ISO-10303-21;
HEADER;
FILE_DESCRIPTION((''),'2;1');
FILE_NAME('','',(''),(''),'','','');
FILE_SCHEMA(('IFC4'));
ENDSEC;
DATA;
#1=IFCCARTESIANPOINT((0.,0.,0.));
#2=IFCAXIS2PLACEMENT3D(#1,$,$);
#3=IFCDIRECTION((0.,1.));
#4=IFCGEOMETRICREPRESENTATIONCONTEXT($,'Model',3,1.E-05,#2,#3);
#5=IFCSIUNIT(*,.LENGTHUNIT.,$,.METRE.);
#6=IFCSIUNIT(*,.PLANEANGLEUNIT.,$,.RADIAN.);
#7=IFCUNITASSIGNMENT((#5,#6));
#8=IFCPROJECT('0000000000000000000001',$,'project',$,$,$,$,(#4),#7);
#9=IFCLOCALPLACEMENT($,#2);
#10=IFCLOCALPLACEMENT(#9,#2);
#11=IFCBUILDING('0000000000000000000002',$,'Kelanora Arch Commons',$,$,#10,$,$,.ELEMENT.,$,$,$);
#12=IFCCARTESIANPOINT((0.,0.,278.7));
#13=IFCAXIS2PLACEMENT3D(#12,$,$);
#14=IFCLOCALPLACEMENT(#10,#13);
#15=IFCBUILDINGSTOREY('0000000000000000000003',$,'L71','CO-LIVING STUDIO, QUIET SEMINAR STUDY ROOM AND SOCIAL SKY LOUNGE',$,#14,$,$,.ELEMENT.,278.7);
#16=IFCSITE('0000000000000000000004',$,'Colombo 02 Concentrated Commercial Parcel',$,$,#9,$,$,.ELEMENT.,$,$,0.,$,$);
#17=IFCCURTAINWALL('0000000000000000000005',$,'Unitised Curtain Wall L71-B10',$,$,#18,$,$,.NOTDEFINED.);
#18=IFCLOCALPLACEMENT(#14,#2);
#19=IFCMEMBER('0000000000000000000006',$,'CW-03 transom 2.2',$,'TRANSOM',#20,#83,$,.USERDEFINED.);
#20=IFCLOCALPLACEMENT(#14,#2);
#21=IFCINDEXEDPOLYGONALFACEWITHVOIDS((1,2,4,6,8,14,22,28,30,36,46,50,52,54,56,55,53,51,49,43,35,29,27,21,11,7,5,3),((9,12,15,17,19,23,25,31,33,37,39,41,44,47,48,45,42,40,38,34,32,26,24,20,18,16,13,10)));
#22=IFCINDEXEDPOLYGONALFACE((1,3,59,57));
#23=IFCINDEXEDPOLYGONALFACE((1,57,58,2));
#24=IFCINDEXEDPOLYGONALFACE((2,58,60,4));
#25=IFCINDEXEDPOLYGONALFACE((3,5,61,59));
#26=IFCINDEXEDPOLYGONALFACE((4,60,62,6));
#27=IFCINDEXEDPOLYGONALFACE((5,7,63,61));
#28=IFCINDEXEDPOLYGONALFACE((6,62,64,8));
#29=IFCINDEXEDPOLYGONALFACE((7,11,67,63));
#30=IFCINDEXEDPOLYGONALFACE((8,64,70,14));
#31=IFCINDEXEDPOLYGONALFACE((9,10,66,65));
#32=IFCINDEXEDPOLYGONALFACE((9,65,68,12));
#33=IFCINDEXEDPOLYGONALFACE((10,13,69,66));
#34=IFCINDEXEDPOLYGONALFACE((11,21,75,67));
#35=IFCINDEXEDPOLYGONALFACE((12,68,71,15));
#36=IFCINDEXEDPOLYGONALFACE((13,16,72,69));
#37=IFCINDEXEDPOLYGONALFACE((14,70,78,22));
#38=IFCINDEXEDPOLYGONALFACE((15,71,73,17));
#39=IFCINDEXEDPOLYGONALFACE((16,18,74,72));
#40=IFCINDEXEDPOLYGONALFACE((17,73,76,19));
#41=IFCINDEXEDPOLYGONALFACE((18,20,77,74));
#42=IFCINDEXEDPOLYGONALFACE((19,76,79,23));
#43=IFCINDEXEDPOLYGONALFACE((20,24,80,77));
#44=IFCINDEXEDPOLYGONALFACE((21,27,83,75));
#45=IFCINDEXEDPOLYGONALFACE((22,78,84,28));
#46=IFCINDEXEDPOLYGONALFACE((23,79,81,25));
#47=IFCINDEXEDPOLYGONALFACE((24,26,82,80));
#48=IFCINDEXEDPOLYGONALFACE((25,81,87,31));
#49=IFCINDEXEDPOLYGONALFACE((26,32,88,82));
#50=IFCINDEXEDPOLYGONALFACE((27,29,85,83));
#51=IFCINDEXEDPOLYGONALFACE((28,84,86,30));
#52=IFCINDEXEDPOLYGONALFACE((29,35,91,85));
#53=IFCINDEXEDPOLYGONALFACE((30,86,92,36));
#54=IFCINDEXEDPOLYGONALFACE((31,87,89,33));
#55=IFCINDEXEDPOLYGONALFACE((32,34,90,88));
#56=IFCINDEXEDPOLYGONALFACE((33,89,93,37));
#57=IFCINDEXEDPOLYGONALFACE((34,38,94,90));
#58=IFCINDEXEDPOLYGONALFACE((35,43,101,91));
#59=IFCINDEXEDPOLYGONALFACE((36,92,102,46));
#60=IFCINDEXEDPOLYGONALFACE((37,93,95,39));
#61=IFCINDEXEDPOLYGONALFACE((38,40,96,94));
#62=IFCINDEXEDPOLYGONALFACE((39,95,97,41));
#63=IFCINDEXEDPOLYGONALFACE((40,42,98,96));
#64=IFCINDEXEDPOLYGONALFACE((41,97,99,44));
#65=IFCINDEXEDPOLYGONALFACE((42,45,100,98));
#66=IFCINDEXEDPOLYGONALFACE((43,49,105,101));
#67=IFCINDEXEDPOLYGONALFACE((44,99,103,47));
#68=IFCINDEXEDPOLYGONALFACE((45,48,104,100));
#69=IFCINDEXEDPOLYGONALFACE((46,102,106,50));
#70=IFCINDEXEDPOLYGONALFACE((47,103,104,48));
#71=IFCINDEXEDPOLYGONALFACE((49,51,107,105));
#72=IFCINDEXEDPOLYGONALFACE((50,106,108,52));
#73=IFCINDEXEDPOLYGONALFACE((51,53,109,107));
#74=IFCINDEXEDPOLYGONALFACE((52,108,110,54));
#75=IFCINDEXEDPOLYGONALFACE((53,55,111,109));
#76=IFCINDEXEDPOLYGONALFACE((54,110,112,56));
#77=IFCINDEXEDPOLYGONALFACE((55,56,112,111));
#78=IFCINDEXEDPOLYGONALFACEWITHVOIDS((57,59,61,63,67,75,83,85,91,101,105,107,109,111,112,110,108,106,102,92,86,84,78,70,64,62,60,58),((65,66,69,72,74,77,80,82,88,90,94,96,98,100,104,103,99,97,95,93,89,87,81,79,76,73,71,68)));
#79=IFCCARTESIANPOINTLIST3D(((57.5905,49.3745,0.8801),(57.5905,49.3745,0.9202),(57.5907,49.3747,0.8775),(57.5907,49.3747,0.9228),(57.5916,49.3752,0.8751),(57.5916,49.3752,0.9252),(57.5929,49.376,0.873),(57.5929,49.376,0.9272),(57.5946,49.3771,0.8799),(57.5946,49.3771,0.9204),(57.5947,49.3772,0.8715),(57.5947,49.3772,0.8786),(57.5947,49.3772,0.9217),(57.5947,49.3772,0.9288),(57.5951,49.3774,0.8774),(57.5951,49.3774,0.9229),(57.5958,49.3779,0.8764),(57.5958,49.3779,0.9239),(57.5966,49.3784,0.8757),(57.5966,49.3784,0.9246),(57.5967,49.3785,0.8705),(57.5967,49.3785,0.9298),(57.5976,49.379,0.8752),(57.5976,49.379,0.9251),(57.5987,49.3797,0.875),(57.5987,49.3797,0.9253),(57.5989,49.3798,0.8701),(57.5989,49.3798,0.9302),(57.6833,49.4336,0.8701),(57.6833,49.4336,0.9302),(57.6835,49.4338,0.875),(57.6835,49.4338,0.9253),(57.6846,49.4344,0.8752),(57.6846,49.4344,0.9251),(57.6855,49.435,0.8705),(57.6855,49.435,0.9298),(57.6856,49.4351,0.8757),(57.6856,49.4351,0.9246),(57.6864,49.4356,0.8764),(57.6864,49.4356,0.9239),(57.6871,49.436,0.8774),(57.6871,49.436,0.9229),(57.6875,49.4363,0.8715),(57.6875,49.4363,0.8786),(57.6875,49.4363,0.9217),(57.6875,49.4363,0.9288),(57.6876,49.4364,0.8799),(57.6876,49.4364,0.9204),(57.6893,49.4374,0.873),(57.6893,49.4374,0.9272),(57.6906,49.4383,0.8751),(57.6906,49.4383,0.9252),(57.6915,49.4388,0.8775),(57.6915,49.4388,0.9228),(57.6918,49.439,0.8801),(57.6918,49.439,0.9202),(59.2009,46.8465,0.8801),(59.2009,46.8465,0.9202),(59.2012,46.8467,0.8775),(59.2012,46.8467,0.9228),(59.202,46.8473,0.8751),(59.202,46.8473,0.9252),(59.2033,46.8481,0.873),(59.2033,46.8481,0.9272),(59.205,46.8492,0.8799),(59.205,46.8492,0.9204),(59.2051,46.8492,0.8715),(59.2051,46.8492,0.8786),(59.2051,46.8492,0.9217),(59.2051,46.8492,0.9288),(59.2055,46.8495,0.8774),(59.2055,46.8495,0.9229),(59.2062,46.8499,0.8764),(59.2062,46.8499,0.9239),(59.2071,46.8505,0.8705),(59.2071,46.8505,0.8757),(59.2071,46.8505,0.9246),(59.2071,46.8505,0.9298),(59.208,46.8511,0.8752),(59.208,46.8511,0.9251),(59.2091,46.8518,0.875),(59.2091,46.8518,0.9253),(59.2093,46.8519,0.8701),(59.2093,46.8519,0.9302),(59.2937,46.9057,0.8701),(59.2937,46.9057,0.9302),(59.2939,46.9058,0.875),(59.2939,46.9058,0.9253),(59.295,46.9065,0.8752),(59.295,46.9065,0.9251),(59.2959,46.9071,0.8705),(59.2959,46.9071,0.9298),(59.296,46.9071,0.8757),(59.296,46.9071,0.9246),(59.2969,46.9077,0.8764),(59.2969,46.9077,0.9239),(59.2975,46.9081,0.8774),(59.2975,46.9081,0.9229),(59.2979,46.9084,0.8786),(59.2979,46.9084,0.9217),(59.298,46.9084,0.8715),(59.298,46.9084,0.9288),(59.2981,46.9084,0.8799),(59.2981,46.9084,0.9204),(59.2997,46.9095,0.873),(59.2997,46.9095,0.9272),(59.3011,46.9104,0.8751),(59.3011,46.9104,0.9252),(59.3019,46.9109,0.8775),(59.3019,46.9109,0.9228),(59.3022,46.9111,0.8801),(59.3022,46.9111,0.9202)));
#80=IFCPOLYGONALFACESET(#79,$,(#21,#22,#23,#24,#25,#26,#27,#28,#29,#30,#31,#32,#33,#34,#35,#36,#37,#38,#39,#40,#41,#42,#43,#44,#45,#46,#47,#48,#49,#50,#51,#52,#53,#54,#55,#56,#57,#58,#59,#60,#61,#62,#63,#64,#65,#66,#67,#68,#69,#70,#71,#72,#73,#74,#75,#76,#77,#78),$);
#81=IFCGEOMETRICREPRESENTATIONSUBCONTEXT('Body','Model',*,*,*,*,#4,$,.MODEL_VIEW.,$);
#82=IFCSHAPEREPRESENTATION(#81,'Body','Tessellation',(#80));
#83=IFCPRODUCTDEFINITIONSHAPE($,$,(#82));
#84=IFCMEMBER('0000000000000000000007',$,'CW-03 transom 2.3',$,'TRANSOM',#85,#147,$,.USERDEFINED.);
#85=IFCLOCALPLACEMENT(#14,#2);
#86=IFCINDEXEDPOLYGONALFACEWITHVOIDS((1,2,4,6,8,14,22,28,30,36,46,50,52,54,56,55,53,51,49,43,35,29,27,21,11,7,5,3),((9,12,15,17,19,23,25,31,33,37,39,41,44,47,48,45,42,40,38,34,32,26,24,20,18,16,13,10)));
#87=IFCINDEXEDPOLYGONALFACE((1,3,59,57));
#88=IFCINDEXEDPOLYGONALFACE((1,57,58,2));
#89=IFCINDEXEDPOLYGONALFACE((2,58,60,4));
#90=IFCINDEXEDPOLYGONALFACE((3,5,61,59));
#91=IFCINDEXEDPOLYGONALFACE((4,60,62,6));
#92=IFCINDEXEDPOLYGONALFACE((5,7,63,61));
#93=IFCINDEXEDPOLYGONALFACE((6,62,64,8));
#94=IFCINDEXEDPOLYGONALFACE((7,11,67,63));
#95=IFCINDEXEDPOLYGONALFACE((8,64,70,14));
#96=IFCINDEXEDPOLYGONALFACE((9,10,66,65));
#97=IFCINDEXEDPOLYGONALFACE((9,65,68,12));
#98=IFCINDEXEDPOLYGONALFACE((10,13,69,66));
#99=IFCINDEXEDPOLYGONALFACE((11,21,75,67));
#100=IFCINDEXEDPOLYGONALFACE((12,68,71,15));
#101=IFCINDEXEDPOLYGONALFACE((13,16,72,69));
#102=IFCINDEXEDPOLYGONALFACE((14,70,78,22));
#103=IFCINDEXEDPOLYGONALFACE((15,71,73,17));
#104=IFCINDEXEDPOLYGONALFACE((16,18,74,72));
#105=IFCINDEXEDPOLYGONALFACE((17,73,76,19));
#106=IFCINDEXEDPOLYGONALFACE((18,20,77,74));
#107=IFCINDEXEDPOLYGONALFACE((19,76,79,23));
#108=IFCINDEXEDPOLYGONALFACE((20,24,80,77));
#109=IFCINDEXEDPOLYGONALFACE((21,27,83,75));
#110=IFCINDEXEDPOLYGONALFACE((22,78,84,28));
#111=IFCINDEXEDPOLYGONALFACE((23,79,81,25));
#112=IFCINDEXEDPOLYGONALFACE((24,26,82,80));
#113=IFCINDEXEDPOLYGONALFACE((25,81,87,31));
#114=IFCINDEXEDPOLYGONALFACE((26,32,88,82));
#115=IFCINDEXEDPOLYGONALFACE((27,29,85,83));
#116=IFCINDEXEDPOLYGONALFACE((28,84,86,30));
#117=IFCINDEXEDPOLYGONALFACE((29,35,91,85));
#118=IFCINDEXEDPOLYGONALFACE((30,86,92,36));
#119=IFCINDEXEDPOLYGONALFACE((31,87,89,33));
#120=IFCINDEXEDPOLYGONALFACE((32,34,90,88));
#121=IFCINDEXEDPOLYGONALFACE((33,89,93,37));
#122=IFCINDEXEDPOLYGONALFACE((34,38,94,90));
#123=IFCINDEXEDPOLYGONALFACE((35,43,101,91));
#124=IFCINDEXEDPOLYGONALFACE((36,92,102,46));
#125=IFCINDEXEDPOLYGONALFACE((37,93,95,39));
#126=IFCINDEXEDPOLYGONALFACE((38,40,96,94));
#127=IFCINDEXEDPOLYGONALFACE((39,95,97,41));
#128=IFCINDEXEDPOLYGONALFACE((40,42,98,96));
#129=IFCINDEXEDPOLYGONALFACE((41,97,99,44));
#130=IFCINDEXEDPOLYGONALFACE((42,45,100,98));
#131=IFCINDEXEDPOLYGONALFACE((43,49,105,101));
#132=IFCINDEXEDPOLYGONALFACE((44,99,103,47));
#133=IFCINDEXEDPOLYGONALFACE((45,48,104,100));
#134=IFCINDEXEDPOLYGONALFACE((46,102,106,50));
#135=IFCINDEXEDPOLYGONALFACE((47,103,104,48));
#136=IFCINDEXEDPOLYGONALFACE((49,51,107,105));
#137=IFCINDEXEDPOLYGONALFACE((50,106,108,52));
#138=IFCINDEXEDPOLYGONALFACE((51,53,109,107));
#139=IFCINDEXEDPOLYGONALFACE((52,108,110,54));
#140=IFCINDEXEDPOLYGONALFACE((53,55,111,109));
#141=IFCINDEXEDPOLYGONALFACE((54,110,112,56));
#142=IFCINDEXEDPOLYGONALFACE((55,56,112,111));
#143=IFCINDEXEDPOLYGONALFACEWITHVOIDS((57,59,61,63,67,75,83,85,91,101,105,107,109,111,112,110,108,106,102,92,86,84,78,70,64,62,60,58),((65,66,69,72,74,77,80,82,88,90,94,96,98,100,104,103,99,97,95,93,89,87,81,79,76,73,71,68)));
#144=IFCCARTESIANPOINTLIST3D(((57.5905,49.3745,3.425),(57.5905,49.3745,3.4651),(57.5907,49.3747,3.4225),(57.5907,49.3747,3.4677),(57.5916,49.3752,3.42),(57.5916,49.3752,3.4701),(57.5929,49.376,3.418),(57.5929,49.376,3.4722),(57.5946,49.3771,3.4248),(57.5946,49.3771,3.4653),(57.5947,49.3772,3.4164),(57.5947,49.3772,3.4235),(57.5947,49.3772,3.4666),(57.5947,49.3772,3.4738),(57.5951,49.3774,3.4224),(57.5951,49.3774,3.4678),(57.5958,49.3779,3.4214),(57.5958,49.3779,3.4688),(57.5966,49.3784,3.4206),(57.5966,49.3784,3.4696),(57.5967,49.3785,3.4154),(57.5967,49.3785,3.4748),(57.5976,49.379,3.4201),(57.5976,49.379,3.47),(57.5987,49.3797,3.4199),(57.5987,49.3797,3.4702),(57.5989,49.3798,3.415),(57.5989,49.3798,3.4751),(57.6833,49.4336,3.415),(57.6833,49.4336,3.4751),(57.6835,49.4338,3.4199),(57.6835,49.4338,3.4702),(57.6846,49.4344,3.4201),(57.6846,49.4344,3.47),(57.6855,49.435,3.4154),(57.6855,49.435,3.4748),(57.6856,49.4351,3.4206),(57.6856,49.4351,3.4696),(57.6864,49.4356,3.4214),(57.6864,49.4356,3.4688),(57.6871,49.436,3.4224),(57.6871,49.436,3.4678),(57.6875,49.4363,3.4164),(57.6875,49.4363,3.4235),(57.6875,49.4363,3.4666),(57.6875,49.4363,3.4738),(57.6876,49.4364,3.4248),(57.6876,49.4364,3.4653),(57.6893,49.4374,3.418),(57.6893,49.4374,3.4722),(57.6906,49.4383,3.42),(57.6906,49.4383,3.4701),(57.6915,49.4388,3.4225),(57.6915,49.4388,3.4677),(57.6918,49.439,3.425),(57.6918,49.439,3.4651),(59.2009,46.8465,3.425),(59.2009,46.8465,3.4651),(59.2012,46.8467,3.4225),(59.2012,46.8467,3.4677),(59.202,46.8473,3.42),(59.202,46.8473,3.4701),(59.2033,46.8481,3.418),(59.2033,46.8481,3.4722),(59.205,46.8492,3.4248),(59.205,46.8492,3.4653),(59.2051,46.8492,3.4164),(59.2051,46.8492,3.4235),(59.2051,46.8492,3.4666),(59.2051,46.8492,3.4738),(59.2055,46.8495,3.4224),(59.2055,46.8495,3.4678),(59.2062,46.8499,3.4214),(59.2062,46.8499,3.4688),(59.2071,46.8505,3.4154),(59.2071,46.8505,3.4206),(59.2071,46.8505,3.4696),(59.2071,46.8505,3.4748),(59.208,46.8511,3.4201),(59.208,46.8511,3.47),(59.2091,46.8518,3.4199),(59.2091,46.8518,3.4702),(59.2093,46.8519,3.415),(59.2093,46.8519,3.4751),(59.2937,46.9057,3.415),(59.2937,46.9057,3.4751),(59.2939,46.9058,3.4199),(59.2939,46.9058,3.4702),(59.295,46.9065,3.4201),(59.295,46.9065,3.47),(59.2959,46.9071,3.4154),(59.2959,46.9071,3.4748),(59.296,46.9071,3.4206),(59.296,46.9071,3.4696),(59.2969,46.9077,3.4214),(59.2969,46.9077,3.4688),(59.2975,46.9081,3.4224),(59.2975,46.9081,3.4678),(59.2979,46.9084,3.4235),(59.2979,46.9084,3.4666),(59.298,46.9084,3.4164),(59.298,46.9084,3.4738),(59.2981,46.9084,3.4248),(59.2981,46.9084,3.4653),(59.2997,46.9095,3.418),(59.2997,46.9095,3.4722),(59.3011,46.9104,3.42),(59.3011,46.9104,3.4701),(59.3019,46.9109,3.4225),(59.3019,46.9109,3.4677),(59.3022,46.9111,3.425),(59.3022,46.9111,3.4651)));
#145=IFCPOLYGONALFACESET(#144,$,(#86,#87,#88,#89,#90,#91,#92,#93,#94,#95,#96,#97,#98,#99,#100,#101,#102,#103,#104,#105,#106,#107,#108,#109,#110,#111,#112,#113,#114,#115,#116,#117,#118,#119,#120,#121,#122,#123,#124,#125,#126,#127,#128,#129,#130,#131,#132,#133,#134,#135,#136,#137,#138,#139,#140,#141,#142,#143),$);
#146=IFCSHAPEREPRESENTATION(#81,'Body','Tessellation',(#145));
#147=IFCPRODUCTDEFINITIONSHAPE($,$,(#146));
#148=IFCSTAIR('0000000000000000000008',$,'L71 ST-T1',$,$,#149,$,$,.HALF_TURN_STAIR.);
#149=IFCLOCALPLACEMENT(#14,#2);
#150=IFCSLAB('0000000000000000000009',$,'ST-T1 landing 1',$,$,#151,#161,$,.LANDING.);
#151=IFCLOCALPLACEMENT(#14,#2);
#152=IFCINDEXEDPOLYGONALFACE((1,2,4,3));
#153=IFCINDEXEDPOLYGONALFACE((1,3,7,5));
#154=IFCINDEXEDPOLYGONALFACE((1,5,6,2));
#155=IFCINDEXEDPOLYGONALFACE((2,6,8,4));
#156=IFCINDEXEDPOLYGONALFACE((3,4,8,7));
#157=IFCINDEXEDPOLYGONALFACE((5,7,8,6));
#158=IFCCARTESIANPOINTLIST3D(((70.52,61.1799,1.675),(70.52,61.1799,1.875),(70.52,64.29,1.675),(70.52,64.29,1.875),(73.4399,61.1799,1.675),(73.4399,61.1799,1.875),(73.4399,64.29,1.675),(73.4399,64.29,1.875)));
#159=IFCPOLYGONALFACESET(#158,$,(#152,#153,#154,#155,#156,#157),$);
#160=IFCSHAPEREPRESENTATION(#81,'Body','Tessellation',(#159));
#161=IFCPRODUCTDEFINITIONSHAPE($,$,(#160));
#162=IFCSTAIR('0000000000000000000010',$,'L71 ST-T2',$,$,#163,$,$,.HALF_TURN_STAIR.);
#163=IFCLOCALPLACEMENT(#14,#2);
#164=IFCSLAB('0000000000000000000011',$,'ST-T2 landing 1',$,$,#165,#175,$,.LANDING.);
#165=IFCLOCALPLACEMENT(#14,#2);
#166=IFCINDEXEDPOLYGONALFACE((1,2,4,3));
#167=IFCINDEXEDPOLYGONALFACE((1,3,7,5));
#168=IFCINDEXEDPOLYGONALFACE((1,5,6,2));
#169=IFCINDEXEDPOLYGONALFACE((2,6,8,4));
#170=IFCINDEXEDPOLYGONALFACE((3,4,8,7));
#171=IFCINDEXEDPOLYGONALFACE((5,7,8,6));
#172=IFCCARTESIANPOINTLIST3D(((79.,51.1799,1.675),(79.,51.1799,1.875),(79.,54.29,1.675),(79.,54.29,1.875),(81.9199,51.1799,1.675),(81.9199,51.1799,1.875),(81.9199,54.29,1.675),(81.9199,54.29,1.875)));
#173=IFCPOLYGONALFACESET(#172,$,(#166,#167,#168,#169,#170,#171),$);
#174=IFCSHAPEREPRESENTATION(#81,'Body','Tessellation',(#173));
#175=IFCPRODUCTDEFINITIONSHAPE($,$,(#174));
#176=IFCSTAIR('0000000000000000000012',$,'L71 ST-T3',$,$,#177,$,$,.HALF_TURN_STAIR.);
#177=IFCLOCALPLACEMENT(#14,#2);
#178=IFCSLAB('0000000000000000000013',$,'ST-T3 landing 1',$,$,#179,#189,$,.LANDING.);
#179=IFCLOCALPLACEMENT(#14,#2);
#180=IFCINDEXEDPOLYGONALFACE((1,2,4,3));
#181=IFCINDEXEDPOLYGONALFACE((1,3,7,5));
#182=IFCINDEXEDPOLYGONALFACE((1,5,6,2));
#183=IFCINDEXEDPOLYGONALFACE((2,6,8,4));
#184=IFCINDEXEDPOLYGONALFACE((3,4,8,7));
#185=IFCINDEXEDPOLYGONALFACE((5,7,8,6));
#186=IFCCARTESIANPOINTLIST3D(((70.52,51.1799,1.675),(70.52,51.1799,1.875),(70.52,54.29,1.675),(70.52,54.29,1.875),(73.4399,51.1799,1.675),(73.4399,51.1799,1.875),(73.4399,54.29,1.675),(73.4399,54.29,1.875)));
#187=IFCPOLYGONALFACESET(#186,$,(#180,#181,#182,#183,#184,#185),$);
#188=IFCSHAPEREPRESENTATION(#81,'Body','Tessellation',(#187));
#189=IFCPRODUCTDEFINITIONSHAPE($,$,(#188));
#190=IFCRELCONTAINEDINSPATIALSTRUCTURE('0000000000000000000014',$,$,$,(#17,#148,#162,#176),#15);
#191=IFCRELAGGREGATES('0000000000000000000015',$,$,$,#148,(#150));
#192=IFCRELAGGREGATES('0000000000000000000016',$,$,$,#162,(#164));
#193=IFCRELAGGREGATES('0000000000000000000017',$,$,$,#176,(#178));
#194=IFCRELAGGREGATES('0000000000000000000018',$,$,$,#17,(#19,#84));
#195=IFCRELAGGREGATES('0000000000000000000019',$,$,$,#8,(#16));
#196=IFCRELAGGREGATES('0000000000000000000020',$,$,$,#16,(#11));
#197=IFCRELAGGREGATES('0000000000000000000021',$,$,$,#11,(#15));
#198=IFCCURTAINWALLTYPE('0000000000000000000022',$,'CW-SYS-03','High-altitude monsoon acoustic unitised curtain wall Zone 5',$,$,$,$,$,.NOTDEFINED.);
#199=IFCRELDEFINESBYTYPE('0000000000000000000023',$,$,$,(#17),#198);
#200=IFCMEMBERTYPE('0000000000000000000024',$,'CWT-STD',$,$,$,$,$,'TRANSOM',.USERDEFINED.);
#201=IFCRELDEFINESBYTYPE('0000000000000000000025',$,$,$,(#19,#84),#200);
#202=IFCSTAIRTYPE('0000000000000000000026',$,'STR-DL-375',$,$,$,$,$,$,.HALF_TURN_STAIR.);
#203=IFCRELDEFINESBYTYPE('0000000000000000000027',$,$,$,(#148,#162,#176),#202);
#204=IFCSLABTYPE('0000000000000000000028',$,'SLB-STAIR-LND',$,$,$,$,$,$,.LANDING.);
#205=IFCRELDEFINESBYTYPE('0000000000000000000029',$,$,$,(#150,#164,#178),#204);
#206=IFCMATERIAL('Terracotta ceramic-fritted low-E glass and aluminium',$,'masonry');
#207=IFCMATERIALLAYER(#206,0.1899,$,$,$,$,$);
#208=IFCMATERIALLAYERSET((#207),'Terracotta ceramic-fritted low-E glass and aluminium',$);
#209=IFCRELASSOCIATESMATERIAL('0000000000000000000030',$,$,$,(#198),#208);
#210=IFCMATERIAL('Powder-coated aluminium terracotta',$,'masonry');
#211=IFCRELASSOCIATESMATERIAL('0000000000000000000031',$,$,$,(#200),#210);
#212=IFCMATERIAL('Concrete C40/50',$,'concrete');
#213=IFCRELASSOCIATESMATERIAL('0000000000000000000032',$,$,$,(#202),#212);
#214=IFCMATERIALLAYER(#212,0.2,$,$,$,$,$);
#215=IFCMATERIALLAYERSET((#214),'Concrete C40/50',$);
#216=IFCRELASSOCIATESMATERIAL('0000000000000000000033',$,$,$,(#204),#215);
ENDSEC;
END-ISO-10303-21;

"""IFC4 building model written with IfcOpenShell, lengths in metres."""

from ifc_helpers import new_model, si_unit, direction, frame, origin, origin_2d, place, context, subcontext, project, spatial, polyline, hollow_rectangle, outline, extrude, material, layer, layer_set, material_profile, profile_set, type_object, element, aggregate, save


model = new_model("IFC4")

# Units and contexts
model_context = context("Model", 3, precision=1e-05, world=origin(), true_north=direction((0.0, 1.0)))
body_context = subcontext(model_context, "Body", "Model", "MODEL_VIEW")
ifc_project = project(units=[si_unit("LENGTHUNIT", "METRE"), si_unit("PLANEANGLEUNIT", "RADIAN")], contexts=[model_context])

# Site, building, storey
site_placement = place(None, origin())
site = spatial("IfcSite", under=ifc_project, at=site_placement, Name="Colombo 02 Concentrated Commercial Parcel", CompositionType="ELEMENT", RefElevation=0.0)
building_placement = place(site_placement, origin())
building = spatial("IfcBuilding", under=site, at=building_placement, Name="Kelanora Arch Commons", CompositionType="ELEMENT")
storey_placement = place(building_placement, frame((0.0, 0.0, 278.7)))
storey = spatial("IfcBuildingStorey", under=building, at=storey_placement, Name="L71", Description="CO-LIVING STUDIO, QUIET SEMINAR STUDY ROOM AND SOCIAL SKY LOUNGE", CompositionType="ELEMENT", Elevation=278.7)

# Curtain wall, members
ifc_material_1 = material(Name="Terracotta ceramic-fritted low-E glass and aluminium", Category="masonry")
ifc_layer_1 = layer(ifc_material_1, 0.1899)
ifc_layer_set_1 = layer_set([ifc_layer_1], Name="Terracotta ceramic-fritted low-E glass and aluminium")
curtain_wall_type = type_object("IfcCurtainWallType", Name="CW-SYS-03", Description="High-altitude monsoon acoustic unitised curtain wall Zone 5", PredefinedType="NOTDEFINED", material=ifc_layer_set_1)
curtain_wall_placement = place(storey_placement, origin())
curtain_wall = element("IfcCurtainWall", 1, at=curtain_wall_placement, inside=storey, type_object=curtain_wall_type, Name="Unitised Curtain Wall L71-B10", PredefinedType="NOTDEFINED")
ifc_material_2 = material(Name="Powder-coated aluminium terracotta", Category="masonry")
ifc_material_profile_1 = material_profile(ifc_material_2, hollow_rectangle(XDim=0.1201, YDim=0.0601, WallThickness=0.0049, InnerFilletRadius=0.0049, OuterFilletRadius=0.01, at=origin_2d()), Name="CWT120x60")
ifc_profile_set_1 = profile_set([ifc_material_profile_1], Name="Powder-coated aluminium terracotta")
member_type_1 = type_object("IfcMemberType", Name="CWT-STD", ElementType="TRANSOM", PredefinedType="USERDEFINED", material=ifc_profile_set_1)
member_1_placement = place(storey_placement, frame((57.6411, 49.4067, 0.9001), z_axis=(0.537287, -0.8434, 0.0), x_axis=(0.8434, 0.537287, 0.0)))
member_1 = element("IfcMember", 2, at=member_1_placement, type_object=member_type_1, Name="CW-03 transom 2.2", ObjectType="TRANSOM", PredefinedType="USERDEFINED", context=body_context, shape_type="SweptSolid", body=[
    extrude(hollow_rectangle(XDim=0.1201, YDim=0.0601, WallThickness=0.0049, InnerFilletRadius=0.0049, OuterFilletRadius=0.01, at=origin_2d()), origin(), (0.0, 0.0, 1.0), 2.9973),
])
member_2_placement = place(storey_placement, frame((57.6411, 49.4067, 3.4451), z_axis=(0.537287, -0.8434, 0.0), x_axis=(0.8434, 0.537287, 0.0)))
member_2 = element("IfcMember", 3, at=member_2_placement, type_object=member_type_1, Name="CW-03 transom 2.3", ObjectType="TRANSOM", PredefinedType="USERDEFINED", context=body_context, shape_type="SweptSolid", body=[
    extrude(hollow_rectangle(XDim=0.1201, YDim=0.0601, WallThickness=0.0049, InnerFilletRadius=0.0049, OuterFilletRadius=0.01, at=origin_2d()), origin(), (0.0, 0.0, 1.0), 2.9973),
])

# Stairs, slabs
ifc_material_3 = material(Name="Concrete C40/50", Category="concrete")
stair_type = type_object("IfcStairType", Name="STR-DL-375", PredefinedType="HALF_TURN_STAIR", material=ifc_material_3)
stair_1_placement = place(storey_placement, origin())
stair_1 = element("IfcStair", 4, at=stair_1_placement, inside=storey, type_object=stair_type, Name="L71 ST-T1", PredefinedType="HALF_TURN_STAIR")
ifc_layer_2 = layer(ifc_material_3, 0.2)
ifc_layer_set_2 = layer_set([ifc_layer_2], Name="Concrete C40/50")
slab_type_1 = type_object("IfcSlabType", Name="SLB-STAIR-LND", PredefinedType="LANDING", material=ifc_layer_set_2)
slab_1_placement = place(storey_placement, frame((0.0, 0.0, 1.675)))
slab_1 = element("IfcSlab", 5, at=slab_1_placement, type_object=slab_type_1, Name="ST-T1 landing 1", PredefinedType="LANDING", context=body_context, shape_type="SweptSolid", body=[
    extrude(outline(polyline([(70.52, 61.1799), (73.4399, 61.1799), (73.4399, 64.29), (70.52, 64.29), (70.52, 61.1799)])), origin(), (0.0, 0.0, 1.0), 0.2),
])
aggregate(stair_1, [slab_1])
stair_2_placement = place(storey_placement, origin())
stair_2 = element("IfcStair", 6, at=stair_2_placement, inside=storey, type_object=stair_type, Name="L71 ST-T2", PredefinedType="HALF_TURN_STAIR")
slab_2_placement = place(storey_placement, frame((0.0, 0.0, 1.675)))
slab_2 = element("IfcSlab", 7, at=slab_2_placement, type_object=slab_type_1, Name="ST-T2 landing 1", PredefinedType="LANDING", context=body_context, shape_type="SweptSolid", body=[
    extrude(outline(polyline([(79.0, 51.1799), (81.9199, 51.1799), (81.9199, 54.29), (79.0, 54.29), (79.0, 51.1799)])), origin(), (0.0, 0.0, 1.0), 0.2),
])
aggregate(stair_2, [slab_2])
stair_3_placement = place(storey_placement, origin())
stair_3 = element("IfcStair", 8, at=stair_3_placement, inside=storey, type_object=stair_type, Name="L71 ST-T3", PredefinedType="HALF_TURN_STAIR")
slab_3_placement = place(storey_placement, frame((0.0, 0.0, 1.675)))
slab_3 = element("IfcSlab", 9, at=slab_3_placement, type_object=slab_type_1, Name="ST-T3 landing 1", PredefinedType="LANDING", context=body_context, shape_type="SweptSolid", body=[
    extrude(outline(polyline([(70.52, 51.1799), (73.4399, 51.1799), (73.4399, 54.29), (70.52, 54.29), (70.52, 51.1799)])), origin(), (0.0, 0.0, 1.0), 0.2),
])
aggregate(stair_3, [slab_3])

aggregate(curtain_wall, [member_1, member_2])

save(model, "model.ifc")
